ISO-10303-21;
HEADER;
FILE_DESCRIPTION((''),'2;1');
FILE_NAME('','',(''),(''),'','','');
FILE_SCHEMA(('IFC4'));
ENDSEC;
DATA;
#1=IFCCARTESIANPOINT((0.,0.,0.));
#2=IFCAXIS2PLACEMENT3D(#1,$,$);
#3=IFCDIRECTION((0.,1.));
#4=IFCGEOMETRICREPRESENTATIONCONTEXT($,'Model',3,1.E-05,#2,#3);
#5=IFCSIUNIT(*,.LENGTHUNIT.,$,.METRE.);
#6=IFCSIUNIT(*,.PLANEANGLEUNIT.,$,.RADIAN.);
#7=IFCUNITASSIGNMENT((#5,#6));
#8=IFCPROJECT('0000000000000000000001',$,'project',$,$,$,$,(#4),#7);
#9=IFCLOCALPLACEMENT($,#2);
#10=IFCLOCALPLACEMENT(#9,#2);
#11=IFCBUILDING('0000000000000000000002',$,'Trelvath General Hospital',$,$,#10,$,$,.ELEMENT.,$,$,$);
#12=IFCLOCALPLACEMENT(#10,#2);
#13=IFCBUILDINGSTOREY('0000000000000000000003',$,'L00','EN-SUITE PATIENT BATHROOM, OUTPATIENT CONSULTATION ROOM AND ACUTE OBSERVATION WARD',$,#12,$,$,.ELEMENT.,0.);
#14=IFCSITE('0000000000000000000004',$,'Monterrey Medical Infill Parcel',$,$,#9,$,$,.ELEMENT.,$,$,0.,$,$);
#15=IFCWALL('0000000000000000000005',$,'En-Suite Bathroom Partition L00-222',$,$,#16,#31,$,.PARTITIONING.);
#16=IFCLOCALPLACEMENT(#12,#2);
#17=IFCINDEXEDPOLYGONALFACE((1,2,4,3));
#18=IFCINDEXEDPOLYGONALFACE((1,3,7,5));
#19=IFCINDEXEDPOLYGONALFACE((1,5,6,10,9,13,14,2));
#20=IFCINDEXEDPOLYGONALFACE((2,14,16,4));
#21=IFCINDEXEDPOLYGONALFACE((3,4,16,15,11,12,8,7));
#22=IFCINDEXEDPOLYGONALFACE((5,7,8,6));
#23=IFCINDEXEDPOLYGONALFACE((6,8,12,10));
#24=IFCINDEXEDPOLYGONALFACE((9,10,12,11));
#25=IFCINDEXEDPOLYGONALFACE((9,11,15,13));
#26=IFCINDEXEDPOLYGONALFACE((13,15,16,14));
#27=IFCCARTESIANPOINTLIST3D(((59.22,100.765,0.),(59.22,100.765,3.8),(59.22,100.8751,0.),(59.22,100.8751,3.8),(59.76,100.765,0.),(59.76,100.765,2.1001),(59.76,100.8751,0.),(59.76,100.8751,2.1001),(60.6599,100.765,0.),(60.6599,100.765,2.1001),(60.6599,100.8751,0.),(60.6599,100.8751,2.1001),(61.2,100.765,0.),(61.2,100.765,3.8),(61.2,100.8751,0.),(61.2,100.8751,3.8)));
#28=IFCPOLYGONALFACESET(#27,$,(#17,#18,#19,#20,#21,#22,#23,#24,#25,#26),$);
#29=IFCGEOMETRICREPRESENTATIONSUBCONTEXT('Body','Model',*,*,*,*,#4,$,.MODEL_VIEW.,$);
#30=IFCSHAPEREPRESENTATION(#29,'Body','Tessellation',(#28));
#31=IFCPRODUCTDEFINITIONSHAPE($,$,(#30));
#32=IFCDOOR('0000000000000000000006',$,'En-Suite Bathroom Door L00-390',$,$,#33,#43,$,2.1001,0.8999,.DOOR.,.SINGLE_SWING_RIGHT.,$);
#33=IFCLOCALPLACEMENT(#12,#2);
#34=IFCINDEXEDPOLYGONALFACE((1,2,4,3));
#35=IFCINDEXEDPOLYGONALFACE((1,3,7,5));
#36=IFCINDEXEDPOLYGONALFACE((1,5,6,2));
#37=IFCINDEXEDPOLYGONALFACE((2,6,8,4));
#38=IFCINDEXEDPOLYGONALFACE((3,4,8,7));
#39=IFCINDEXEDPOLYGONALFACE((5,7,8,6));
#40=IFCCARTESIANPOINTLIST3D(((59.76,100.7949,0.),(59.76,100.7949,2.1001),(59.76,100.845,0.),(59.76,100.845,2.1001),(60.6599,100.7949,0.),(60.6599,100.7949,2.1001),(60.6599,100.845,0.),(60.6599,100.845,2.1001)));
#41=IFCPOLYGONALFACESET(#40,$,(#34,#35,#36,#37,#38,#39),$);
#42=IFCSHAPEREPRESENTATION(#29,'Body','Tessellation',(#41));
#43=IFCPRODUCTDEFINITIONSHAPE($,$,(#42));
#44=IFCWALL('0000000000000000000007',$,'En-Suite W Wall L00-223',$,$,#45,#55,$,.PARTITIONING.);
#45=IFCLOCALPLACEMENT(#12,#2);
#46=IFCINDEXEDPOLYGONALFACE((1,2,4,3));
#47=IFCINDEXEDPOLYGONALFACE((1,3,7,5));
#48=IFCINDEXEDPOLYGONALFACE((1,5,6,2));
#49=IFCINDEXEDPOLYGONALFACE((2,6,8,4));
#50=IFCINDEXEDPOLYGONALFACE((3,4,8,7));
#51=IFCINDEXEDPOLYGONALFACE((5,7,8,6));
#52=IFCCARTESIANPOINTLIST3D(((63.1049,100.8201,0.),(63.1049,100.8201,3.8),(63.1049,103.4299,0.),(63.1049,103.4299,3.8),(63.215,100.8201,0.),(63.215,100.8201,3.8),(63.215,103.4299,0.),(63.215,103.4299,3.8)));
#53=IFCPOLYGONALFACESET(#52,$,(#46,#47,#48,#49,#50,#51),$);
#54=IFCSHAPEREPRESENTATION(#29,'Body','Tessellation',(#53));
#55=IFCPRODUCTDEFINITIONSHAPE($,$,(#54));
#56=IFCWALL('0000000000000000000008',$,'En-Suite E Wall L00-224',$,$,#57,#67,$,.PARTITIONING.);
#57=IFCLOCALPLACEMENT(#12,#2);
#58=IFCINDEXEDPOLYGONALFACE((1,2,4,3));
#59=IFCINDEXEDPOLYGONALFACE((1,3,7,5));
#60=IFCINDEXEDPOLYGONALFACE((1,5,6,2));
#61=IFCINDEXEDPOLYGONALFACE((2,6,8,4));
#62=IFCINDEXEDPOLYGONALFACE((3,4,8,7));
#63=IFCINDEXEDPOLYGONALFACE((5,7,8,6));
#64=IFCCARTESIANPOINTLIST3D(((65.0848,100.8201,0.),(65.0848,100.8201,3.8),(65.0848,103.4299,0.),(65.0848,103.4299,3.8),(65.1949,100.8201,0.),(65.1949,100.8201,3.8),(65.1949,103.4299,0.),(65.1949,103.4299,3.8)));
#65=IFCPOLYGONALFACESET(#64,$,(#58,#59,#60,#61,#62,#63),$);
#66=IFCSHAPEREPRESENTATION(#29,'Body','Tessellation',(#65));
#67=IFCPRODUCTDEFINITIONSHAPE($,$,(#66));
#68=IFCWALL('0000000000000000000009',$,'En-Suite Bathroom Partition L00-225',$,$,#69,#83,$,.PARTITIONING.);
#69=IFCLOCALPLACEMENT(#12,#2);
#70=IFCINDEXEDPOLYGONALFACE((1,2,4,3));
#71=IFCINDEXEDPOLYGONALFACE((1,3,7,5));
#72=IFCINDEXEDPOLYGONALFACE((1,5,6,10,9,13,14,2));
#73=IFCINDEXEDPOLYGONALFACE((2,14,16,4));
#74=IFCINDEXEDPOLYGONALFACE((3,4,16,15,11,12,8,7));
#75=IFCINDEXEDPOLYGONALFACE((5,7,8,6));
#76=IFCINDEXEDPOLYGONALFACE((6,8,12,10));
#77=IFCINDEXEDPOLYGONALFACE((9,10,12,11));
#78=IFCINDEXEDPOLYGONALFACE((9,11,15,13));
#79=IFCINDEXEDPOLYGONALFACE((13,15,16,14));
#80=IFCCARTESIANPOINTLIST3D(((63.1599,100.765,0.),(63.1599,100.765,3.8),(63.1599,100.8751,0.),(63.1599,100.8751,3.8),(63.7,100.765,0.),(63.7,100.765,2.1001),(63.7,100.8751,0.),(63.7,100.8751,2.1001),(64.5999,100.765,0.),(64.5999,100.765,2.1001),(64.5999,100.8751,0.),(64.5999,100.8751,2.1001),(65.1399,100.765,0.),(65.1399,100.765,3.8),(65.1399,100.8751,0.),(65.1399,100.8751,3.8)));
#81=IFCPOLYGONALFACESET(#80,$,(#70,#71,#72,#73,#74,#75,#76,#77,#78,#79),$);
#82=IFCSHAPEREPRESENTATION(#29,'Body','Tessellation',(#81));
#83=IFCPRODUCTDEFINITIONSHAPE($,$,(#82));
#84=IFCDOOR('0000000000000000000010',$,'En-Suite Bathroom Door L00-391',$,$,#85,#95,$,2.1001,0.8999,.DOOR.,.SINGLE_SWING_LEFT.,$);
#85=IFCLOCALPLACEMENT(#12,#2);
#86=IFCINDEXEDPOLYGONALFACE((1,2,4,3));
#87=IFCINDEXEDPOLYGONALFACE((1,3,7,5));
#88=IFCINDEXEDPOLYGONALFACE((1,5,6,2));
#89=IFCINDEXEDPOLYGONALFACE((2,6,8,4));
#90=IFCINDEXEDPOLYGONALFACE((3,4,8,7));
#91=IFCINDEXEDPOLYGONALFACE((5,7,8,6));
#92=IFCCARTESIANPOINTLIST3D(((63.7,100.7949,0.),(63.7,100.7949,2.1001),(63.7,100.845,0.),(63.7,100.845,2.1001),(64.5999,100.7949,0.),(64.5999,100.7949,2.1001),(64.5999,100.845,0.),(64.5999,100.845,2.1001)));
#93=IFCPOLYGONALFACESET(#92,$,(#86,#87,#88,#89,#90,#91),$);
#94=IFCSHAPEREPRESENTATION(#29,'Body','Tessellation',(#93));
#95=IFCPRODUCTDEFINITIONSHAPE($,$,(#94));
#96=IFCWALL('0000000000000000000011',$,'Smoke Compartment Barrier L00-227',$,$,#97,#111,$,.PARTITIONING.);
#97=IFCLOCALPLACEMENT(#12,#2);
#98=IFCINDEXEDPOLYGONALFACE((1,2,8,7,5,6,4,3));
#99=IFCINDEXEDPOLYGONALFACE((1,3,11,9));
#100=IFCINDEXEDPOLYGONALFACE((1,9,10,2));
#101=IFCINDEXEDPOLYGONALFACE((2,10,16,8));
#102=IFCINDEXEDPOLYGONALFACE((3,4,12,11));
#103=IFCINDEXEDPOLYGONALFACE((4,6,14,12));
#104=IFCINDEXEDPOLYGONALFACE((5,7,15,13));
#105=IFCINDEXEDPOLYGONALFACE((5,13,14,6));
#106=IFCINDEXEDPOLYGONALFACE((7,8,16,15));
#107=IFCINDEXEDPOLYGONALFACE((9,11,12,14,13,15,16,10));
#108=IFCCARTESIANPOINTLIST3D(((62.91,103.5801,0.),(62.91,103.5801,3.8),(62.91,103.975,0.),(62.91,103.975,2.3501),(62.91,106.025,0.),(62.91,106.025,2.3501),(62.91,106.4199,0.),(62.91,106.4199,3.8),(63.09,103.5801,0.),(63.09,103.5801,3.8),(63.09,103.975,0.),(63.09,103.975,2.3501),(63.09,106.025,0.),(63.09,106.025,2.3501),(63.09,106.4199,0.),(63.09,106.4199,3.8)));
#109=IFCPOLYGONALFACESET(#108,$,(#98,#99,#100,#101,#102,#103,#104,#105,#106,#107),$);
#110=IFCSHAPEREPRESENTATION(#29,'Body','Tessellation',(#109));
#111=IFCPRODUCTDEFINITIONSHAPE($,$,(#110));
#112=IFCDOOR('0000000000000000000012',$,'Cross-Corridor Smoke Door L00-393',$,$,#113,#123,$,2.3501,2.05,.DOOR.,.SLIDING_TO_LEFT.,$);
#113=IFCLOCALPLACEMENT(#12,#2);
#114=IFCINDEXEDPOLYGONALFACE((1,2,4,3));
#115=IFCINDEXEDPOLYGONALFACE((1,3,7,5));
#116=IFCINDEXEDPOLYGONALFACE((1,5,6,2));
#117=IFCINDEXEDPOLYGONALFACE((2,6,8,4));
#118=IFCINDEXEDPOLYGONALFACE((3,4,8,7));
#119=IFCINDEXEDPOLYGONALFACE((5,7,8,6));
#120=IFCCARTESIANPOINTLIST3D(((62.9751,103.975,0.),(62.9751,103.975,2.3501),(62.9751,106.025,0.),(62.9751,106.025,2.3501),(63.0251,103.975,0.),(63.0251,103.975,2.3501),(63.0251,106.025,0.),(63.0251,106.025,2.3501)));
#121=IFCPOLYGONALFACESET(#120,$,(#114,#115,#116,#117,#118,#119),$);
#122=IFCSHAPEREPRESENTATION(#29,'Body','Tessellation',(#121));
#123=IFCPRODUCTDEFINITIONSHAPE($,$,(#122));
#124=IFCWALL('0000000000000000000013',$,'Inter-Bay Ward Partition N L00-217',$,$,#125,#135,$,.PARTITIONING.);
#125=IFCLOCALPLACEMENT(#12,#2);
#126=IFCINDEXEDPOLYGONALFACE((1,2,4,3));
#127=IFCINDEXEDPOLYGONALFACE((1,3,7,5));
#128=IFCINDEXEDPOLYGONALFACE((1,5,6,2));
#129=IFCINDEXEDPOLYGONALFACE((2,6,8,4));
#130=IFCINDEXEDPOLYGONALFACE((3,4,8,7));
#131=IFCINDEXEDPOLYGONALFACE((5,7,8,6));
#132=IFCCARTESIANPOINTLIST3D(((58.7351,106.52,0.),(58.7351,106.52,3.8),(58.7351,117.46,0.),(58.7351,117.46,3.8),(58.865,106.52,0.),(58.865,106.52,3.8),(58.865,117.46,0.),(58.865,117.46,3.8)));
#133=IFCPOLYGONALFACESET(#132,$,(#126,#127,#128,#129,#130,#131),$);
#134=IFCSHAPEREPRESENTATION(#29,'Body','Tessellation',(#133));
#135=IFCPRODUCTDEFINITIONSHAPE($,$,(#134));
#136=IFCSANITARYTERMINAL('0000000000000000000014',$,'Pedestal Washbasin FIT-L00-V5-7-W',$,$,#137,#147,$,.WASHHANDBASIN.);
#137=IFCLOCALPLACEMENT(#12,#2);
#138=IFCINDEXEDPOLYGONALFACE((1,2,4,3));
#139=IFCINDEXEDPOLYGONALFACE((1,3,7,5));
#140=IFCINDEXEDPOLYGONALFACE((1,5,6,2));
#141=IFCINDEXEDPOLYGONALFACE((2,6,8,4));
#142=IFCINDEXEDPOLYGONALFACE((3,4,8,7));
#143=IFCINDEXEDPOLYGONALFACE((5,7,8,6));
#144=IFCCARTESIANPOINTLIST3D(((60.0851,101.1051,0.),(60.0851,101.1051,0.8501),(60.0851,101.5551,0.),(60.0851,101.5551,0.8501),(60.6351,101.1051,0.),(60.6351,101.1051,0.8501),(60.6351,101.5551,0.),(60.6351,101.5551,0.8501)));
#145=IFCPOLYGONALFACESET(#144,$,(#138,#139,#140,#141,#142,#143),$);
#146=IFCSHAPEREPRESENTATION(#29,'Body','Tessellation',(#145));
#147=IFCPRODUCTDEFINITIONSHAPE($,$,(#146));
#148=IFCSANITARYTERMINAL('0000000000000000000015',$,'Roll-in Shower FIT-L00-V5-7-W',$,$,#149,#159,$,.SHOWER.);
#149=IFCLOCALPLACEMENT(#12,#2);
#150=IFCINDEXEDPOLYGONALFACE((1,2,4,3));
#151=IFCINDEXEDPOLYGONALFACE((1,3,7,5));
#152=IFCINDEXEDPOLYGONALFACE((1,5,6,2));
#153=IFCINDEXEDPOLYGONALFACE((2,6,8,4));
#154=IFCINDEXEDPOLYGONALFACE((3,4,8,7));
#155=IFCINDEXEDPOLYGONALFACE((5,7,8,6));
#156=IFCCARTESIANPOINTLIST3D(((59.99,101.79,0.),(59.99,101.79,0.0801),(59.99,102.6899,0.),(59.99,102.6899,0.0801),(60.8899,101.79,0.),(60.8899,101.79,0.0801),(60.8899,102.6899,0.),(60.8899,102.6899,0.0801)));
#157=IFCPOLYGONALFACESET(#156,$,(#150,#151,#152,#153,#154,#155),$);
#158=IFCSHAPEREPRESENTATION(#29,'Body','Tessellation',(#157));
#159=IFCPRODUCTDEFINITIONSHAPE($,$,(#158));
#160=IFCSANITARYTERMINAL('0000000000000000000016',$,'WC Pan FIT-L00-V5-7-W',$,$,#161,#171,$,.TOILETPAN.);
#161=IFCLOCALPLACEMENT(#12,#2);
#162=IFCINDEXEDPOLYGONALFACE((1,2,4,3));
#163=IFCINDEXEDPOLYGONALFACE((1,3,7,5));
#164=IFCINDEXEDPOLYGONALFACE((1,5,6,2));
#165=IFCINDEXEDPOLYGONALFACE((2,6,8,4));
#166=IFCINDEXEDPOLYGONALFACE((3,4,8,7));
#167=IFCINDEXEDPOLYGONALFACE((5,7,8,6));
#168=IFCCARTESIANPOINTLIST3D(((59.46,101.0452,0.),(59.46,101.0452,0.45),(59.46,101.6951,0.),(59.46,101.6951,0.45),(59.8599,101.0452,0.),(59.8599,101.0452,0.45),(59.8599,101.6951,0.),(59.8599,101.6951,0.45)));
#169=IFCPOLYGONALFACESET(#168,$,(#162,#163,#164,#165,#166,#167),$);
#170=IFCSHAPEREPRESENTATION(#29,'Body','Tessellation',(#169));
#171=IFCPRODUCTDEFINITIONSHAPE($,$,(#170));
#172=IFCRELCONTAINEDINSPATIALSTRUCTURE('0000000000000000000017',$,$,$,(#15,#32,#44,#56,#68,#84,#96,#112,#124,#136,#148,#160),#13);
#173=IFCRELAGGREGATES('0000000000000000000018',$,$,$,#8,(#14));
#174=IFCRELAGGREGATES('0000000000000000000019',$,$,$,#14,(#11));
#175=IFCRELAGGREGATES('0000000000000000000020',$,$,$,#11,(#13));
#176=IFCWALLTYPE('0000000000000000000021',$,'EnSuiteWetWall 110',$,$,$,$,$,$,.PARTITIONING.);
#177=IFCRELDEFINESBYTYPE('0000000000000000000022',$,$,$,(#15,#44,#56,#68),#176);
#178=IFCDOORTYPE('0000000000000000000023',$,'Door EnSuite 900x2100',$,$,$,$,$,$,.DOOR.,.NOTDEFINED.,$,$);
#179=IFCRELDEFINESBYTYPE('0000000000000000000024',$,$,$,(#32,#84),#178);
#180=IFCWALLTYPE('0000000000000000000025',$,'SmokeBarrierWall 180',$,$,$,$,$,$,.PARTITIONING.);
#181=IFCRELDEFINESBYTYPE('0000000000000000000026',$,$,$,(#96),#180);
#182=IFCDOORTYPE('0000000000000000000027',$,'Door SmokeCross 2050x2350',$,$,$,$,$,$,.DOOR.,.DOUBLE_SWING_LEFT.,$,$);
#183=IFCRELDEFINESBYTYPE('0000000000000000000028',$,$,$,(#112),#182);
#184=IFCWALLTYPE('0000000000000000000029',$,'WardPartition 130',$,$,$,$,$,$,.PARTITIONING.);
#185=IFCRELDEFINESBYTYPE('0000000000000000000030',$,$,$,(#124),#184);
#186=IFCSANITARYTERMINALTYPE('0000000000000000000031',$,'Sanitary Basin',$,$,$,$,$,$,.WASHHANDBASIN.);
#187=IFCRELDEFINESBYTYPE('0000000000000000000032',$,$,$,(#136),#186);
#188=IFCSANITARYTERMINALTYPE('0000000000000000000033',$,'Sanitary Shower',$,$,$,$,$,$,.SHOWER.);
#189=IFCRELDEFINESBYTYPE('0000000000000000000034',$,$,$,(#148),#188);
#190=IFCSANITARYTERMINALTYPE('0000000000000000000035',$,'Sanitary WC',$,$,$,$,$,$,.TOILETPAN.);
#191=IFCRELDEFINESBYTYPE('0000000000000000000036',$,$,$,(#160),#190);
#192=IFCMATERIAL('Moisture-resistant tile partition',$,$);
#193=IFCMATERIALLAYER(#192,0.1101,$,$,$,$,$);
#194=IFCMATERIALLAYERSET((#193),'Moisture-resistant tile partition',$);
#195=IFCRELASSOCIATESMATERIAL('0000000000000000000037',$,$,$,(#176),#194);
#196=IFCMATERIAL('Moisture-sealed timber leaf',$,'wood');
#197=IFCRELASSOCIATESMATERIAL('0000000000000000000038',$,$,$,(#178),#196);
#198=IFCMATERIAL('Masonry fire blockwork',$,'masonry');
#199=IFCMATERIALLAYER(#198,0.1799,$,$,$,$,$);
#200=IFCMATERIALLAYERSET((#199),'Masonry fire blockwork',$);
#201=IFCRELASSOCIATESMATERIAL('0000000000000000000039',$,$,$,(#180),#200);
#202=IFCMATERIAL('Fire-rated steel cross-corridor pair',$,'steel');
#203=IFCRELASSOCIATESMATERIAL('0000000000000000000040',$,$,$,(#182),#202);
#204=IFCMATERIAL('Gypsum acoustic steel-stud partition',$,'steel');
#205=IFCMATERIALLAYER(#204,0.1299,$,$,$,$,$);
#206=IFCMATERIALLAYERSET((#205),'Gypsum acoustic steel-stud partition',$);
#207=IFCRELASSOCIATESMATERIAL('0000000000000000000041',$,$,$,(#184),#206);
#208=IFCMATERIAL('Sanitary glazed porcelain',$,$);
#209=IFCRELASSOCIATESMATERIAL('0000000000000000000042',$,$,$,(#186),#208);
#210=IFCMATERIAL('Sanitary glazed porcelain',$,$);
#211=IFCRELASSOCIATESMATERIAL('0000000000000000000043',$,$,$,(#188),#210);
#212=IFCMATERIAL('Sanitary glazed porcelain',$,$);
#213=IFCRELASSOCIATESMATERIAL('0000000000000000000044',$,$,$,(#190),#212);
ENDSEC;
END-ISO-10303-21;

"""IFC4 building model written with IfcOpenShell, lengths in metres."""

from ifc_helpers import new_model, si_unit, direction, frame, frame_2d, origin, origin_2d, place, context, subcontext, project, spatial, rectangle, extrude, material, layer, layer_set, type_object, element, fill, save


model = new_model("IFC4")

# Units and contexts
model_context = context("Model", 3, precision=1e-05, world=origin(), true_north=direction((0.0, 1.0)))
body_context = subcontext(model_context, "Body", "Model", "MODEL_VIEW")
ifc_project = project(units=[si_unit("LENGTHUNIT", "METRE"), si_unit("PLANEANGLEUNIT", "RADIAN")], contexts=[model_context])

# Site, building, storey
site_placement = place(None, origin())
site = spatial("IfcSite", under=ifc_project, at=site_placement, Name="Monterrey Medical Infill Parcel", CompositionType="ELEMENT", RefElevation=0.0)
building_placement = place(site_placement, origin())
building = spatial("IfcBuilding", under=site, at=building_placement, Name="Trelvath General Hospital", CompositionType="ELEMENT")
storey_placement = place(building_placement, origin())
storey = spatial("IfcBuildingStorey", under=building, at=storey_placement, Name="L00", Description="EN-SUITE PATIENT BATHROOM, OUTPATIENT CONSULTATION ROOM AND ACUTE OBSERVATION WARD", CompositionType="ELEMENT", Elevation=0.0)

# Shared definitions
ifc_material_1 = material(Name="Moisture-resistant tile partition")
ifc_layer_1 = layer(ifc_material_1, 0.1101)
ifc_layer_set_1 = layer_set([ifc_layer_1], Name="Moisture-resistant tile partition")
wall_type_1 = type_object("IfcWallType", Name="EnSuiteWetWall 110", PredefinedType="PARTITIONING", material=ifc_layer_set_1)

# Wall, opening, door
wall_1_placement = place(storey_placement, frame((59.22, 100.8201, 0.0), z_axis=(0.0, 0.0, 1.0), x_axis=(1.0, 0.0, 0.0)))
wall_1 = element("IfcWall", 1, at=wall_1_placement, inside=storey, type_object=wall_type_1, Name="En-Suite Bathroom Partition L00-222", PredefinedType="PARTITIONING", context=body_context, shape_type="SweptSolid", body=[
    extrude(rectangle(XDim=1.98, YDim=0.1101, at=frame_2d((0.99, 0.0))), origin(), (0.0, 0.0, 1.0), 3.8),
])
opening_1_placement = place(wall_1_placement, frame((0.54, 0.0, 0.0)))
opening_1 = element("IfcOpeningElement", 2, at=opening_1_placement, cuts=wall_1, PredefinedType="OPENING", context=body_context, shape_type="SweptSolid", body=[
    extrude(rectangle(XDim=0.8999, YDim=2.1001, at=frame_2d((0.45, 1.05))), frame((0.0, 0.0649, 0.0), z_axis=(0.0, -1.0, 0.0), x_axis=(1.0, 0.0, 0.0)), (0.0, 0.0, 1.0), 0.1301),
])
ifc_material_2 = material(Name="Moisture-sealed timber leaf", Category="wood")
door_type_1 = type_object("IfcDoorType", Name="Door EnSuite 900x2100", OperationType="NOTDEFINED", PredefinedType="DOOR", material=ifc_material_2)
door_1_placement = place(opening_1_placement, origin())
door_1 = element("IfcDoor", 3, at=door_1_placement, inside=storey, type_object=door_type_1, Name="En-Suite Bathroom Door L00-390", OperationType="SINGLE_SWING_RIGHT", OverallHeight=2.1001, OverallWidth=0.8999, PredefinedType="DOOR", context=body_context, shape_type="SweptSolid", body=[
    extrude(rectangle(XDim=0.8999, YDim=2.1001, at=frame_2d((0.45, 1.05))), frame((0.0, 0.0249, 0.0), z_axis=(0.0, -1.0, 0.0), x_axis=(1.0, 0.0, 0.0)), (0.0, 0.0, 1.0), 0.05),
])
fill(opening_1, door_1)

# Walls
for number, where, z_axis, x_axis, name in (
    (4, (63.1599, 100.8201, 0.0), (0.0, 0.0, 1.0), (0.0, 1.0, 0.0), "En-Suite W Wall L00-223"),
    (5, (65.1399, 100.8201, 0.0), (0.0, 0.0, 1.0), (0.0, 1.0, 0.0), "En-Suite E Wall L00-224"),
):
    element("IfcWall", number, at=place(storey_placement, frame(where, z_axis=z_axis, x_axis=x_axis)), inside=storey, type_object=wall_type_1, Name=name, PredefinedType="PARTITIONING", context=body_context, shape_type="SweptSolid", body=[
        extrude(rectangle(XDim=2.6099, YDim=0.1101, at=frame_2d((1.3049, 0.0))), origin(), (0.0, 0.0, 1.0), 3.8),
    ])

# Walls, openings, doors
wall_2_placement = place(storey_placement, frame((63.1599, 100.8201, 0.0), z_axis=(0.0, 0.0, 1.0), x_axis=(1.0, 0.0, 0.0)))
wall_2 = element("IfcWall", 6, at=wall_2_placement, inside=storey, type_object=wall_type_1, Name="En-Suite Bathroom Partition L00-225", PredefinedType="PARTITIONING", context=body_context, shape_type="SweptSolid", body=[
    extrude(rectangle(XDim=1.98, YDim=0.1101, at=frame_2d((0.99, 0.0))), origin(), (0.0, 0.0, 1.0), 3.8),
])
opening_2_placement = place(wall_2_placement, frame((0.54, 0.0, 0.0)))
opening_2 = element("IfcOpeningElement", 7, at=opening_2_placement, cuts=wall_2, PredefinedType="OPENING", context=body_context, shape_type="SweptSolid", body=[
    extrude(rectangle(XDim=0.8999, YDim=2.1001, at=frame_2d((0.45, 1.05))), frame((0.0, 0.0649, 0.0), z_axis=(0.0, -1.0, 0.0), x_axis=(1.0, 0.0, 0.0)), (0.0, 0.0, 1.0), 0.1301),
])
door_2_placement = place(opening_2_placement, origin())
door_2 = element("IfcDoor", 8, at=door_2_placement, inside=storey, type_object=door_type_1, Name="En-Suite Bathroom Door L00-391", OperationType="SINGLE_SWING_LEFT", OverallHeight=2.1001, OverallWidth=0.8999, PredefinedType="DOOR", context=body_context, shape_type="SweptSolid", body=[
    extrude(rectangle(XDim=0.8999, YDim=2.1001, at=frame_2d((0.45, 1.05))), frame((0.0, 0.0249, 0.0), z_axis=(0.0, -1.0, 0.0), x_axis=(1.0, 0.0, 0.0)), (0.0, 0.0, 1.0), 0.05),
])
fill(opening_2, door_2)
ifc_material_3 = material(Name="Masonry fire blockwork", Category="masonry")
ifc_layer_2 = layer(ifc_material_3, 0.1799)
ifc_layer_set_2 = layer_set([ifc_layer_2], Name="Masonry fire blockwork")
wall_type_2 = type_object("IfcWallType", Name="SmokeBarrierWall 180", PredefinedType="PARTITIONING", material=ifc_layer_set_2)
wall_3_placement = place(storey_placement, frame((63.0, 103.5801, 0.0), z_axis=(0.0, 0.0, 1.0), x_axis=(0.0, 1.0, 0.0)))
wall_3 = element("IfcWall", 9, at=wall_3_placement, inside=storey, type_object=wall_type_2, Name="Smoke Compartment Barrier L00-227", PredefinedType="PARTITIONING", context=body_context, shape_type="SweptSolid", body=[
    extrude(rectangle(XDim=2.8398, YDim=0.1799, at=frame_2d((1.4199, 0.0))), origin(), (0.0, 0.0, 1.0), 3.8),
])
opening_3_placement = place(wall_3_placement, frame((0.395, 0.0, 0.0)))
opening_3 = element("IfcOpeningElement", 10, at=opening_3_placement, cuts=wall_3, PredefinedType="OPENING", context=body_context, shape_type="SweptSolid", body=[
    extrude(rectangle(XDim=2.05, YDim=2.3501, at=frame_2d((1.0249, 1.175))), frame((0.0, 0.0999, 0.0), z_axis=(0.0, -1.0, 0.0), x_axis=(1.0, 0.0, 0.0)), (0.0, 0.0, 1.0), 0.2),
])
ifc_material_4 = material(Name="Fire-rated steel cross-corridor pair", Category="steel")
door_type_2 = type_object("IfcDoorType", Name="Door SmokeCross 2050x2350", OperationType="DOUBLE_SWING_LEFT", PredefinedType="DOOR", material=ifc_material_4)
door_3_placement = place(opening_3_placement, origin())
door_3 = element("IfcDoor", 11, at=door_3_placement, inside=storey, type_object=door_type_2, Name="Cross-Corridor Smoke Door L00-393", OperationType="SLIDING_TO_LEFT", OverallHeight=2.3501, OverallWidth=2.05, PredefinedType="DOOR", context=body_context, shape_type="SweptSolid", body=[
    extrude(rectangle(XDim=2.05, YDim=2.3501, at=frame_2d((1.0249, 1.175))), frame((0.0, 0.0249, 0.0), z_axis=(0.0, -1.0, 0.0), x_axis=(1.0, 0.0, 0.0)), (0.0, 0.0, 1.0), 0.05),
])
fill(opening_3, door_3)

# Wall
ifc_material_5 = material(Name="Gypsum acoustic steel-stud partition", Category="steel")
ifc_layer_3 = layer(ifc_material_5, 0.1299)
ifc_layer_set_3 = layer_set([ifc_layer_3], Name="Gypsum acoustic steel-stud partition")
wall_type_3 = type_object("IfcWallType", Name="WardPartition 130", PredefinedType="PARTITIONING", material=ifc_layer_set_3)
wall_4_placement = place(storey_placement, frame((58.8, 106.52, 0.0), z_axis=(0.0, 0.0, 1.0), x_axis=(0.0, 1.0, 0.0)))
element("IfcWall", 12, at=wall_4_placement, inside=storey, type_object=wall_type_3, Name="Inter-Bay Ward Partition N L00-217", PredefinedType="PARTITIONING", context=body_context, shape_type="SweptSolid", body=[
    extrude(rectangle(XDim=10.9399, YDim=0.1299, at=frame_2d((5.47, 0.0))), origin(), (0.0, 0.0, 1.0), 3.8),
])

# Sanitary terminals
ifc_material_6 = material(Name="Sanitary glazed porcelain")
sanitary_terminal_type_1 = type_object("IfcSanitaryTerminalType", Name="Sanitary Basin", PredefinedType="WASHHANDBASIN", material=ifc_material_6)
sanitary_terminal_1_placement = place(storey_placement, frame((60.3601, 101.3301, 0.0), z_axis=(0.0, 0.0, 1.0), x_axis=(1.0, 0.0, 0.0)))
element("IfcSanitaryTerminal", 13, at=sanitary_terminal_1_placement, inside=storey, type_object=sanitary_terminal_type_1, Name="Pedestal Washbasin FIT-L00-V5-7-W", PredefinedType="WASHHANDBASIN", context=body_context, shape_type="SweptSolid", body=[
    extrude(rectangle(XDim=0.55, YDim=0.45, at=origin_2d()), origin(), (0.0, 0.0, 1.0), 0.8501),
])
ifc_material_7 = material(Name="Sanitary glazed porcelain")
sanitary_terminal_type_2 = type_object("IfcSanitaryTerminalType", Name="Sanitary Shower", PredefinedType="SHOWER", material=ifc_material_7)
sanitary_terminal_2_placement = place(storey_placement, frame((60.4399, 102.24, 0.0), z_axis=(0.0, 0.0, 1.0), x_axis=(1.0, 0.0, 0.0)))
element("IfcSanitaryTerminal", 14, at=sanitary_terminal_2_placement, inside=storey, type_object=sanitary_terminal_type_2, Name="Roll-in Shower FIT-L00-V5-7-W", PredefinedType="SHOWER", context=body_context, shape_type="SweptSolid", body=[
    extrude(rectangle(XDim=0.8999, YDim=0.8999, at=origin_2d()), origin(), (0.0, 0.0, 1.0), 0.0801),
])
ifc_material_8 = material(Name="Sanitary glazed porcelain")
sanitary_terminal_type_3 = type_object("IfcSanitaryTerminalType", Name="Sanitary WC", PredefinedType="TOILETPAN", material=ifc_material_8)
sanitary_terminal_3_placement = place(storey_placement, frame((59.6599, 101.3701, 0.0), z_axis=(0.0, 0.0, 1.0), x_axis=(1.0, 0.0, 0.0)))
element("IfcSanitaryTerminal", 15, at=sanitary_terminal_3_placement, inside=storey, type_object=sanitary_terminal_type_3, Name="WC Pan FIT-L00-V5-7-W", PredefinedType="TOILETPAN", context=body_context, shape_type="SweptSolid", body=[
    extrude(rectangle(XDim=0.3999, YDim=0.6499, at=origin_2d()), origin(), (0.0, 0.0, 1.0), 0.45),
])

save(model, "model.ifc")
